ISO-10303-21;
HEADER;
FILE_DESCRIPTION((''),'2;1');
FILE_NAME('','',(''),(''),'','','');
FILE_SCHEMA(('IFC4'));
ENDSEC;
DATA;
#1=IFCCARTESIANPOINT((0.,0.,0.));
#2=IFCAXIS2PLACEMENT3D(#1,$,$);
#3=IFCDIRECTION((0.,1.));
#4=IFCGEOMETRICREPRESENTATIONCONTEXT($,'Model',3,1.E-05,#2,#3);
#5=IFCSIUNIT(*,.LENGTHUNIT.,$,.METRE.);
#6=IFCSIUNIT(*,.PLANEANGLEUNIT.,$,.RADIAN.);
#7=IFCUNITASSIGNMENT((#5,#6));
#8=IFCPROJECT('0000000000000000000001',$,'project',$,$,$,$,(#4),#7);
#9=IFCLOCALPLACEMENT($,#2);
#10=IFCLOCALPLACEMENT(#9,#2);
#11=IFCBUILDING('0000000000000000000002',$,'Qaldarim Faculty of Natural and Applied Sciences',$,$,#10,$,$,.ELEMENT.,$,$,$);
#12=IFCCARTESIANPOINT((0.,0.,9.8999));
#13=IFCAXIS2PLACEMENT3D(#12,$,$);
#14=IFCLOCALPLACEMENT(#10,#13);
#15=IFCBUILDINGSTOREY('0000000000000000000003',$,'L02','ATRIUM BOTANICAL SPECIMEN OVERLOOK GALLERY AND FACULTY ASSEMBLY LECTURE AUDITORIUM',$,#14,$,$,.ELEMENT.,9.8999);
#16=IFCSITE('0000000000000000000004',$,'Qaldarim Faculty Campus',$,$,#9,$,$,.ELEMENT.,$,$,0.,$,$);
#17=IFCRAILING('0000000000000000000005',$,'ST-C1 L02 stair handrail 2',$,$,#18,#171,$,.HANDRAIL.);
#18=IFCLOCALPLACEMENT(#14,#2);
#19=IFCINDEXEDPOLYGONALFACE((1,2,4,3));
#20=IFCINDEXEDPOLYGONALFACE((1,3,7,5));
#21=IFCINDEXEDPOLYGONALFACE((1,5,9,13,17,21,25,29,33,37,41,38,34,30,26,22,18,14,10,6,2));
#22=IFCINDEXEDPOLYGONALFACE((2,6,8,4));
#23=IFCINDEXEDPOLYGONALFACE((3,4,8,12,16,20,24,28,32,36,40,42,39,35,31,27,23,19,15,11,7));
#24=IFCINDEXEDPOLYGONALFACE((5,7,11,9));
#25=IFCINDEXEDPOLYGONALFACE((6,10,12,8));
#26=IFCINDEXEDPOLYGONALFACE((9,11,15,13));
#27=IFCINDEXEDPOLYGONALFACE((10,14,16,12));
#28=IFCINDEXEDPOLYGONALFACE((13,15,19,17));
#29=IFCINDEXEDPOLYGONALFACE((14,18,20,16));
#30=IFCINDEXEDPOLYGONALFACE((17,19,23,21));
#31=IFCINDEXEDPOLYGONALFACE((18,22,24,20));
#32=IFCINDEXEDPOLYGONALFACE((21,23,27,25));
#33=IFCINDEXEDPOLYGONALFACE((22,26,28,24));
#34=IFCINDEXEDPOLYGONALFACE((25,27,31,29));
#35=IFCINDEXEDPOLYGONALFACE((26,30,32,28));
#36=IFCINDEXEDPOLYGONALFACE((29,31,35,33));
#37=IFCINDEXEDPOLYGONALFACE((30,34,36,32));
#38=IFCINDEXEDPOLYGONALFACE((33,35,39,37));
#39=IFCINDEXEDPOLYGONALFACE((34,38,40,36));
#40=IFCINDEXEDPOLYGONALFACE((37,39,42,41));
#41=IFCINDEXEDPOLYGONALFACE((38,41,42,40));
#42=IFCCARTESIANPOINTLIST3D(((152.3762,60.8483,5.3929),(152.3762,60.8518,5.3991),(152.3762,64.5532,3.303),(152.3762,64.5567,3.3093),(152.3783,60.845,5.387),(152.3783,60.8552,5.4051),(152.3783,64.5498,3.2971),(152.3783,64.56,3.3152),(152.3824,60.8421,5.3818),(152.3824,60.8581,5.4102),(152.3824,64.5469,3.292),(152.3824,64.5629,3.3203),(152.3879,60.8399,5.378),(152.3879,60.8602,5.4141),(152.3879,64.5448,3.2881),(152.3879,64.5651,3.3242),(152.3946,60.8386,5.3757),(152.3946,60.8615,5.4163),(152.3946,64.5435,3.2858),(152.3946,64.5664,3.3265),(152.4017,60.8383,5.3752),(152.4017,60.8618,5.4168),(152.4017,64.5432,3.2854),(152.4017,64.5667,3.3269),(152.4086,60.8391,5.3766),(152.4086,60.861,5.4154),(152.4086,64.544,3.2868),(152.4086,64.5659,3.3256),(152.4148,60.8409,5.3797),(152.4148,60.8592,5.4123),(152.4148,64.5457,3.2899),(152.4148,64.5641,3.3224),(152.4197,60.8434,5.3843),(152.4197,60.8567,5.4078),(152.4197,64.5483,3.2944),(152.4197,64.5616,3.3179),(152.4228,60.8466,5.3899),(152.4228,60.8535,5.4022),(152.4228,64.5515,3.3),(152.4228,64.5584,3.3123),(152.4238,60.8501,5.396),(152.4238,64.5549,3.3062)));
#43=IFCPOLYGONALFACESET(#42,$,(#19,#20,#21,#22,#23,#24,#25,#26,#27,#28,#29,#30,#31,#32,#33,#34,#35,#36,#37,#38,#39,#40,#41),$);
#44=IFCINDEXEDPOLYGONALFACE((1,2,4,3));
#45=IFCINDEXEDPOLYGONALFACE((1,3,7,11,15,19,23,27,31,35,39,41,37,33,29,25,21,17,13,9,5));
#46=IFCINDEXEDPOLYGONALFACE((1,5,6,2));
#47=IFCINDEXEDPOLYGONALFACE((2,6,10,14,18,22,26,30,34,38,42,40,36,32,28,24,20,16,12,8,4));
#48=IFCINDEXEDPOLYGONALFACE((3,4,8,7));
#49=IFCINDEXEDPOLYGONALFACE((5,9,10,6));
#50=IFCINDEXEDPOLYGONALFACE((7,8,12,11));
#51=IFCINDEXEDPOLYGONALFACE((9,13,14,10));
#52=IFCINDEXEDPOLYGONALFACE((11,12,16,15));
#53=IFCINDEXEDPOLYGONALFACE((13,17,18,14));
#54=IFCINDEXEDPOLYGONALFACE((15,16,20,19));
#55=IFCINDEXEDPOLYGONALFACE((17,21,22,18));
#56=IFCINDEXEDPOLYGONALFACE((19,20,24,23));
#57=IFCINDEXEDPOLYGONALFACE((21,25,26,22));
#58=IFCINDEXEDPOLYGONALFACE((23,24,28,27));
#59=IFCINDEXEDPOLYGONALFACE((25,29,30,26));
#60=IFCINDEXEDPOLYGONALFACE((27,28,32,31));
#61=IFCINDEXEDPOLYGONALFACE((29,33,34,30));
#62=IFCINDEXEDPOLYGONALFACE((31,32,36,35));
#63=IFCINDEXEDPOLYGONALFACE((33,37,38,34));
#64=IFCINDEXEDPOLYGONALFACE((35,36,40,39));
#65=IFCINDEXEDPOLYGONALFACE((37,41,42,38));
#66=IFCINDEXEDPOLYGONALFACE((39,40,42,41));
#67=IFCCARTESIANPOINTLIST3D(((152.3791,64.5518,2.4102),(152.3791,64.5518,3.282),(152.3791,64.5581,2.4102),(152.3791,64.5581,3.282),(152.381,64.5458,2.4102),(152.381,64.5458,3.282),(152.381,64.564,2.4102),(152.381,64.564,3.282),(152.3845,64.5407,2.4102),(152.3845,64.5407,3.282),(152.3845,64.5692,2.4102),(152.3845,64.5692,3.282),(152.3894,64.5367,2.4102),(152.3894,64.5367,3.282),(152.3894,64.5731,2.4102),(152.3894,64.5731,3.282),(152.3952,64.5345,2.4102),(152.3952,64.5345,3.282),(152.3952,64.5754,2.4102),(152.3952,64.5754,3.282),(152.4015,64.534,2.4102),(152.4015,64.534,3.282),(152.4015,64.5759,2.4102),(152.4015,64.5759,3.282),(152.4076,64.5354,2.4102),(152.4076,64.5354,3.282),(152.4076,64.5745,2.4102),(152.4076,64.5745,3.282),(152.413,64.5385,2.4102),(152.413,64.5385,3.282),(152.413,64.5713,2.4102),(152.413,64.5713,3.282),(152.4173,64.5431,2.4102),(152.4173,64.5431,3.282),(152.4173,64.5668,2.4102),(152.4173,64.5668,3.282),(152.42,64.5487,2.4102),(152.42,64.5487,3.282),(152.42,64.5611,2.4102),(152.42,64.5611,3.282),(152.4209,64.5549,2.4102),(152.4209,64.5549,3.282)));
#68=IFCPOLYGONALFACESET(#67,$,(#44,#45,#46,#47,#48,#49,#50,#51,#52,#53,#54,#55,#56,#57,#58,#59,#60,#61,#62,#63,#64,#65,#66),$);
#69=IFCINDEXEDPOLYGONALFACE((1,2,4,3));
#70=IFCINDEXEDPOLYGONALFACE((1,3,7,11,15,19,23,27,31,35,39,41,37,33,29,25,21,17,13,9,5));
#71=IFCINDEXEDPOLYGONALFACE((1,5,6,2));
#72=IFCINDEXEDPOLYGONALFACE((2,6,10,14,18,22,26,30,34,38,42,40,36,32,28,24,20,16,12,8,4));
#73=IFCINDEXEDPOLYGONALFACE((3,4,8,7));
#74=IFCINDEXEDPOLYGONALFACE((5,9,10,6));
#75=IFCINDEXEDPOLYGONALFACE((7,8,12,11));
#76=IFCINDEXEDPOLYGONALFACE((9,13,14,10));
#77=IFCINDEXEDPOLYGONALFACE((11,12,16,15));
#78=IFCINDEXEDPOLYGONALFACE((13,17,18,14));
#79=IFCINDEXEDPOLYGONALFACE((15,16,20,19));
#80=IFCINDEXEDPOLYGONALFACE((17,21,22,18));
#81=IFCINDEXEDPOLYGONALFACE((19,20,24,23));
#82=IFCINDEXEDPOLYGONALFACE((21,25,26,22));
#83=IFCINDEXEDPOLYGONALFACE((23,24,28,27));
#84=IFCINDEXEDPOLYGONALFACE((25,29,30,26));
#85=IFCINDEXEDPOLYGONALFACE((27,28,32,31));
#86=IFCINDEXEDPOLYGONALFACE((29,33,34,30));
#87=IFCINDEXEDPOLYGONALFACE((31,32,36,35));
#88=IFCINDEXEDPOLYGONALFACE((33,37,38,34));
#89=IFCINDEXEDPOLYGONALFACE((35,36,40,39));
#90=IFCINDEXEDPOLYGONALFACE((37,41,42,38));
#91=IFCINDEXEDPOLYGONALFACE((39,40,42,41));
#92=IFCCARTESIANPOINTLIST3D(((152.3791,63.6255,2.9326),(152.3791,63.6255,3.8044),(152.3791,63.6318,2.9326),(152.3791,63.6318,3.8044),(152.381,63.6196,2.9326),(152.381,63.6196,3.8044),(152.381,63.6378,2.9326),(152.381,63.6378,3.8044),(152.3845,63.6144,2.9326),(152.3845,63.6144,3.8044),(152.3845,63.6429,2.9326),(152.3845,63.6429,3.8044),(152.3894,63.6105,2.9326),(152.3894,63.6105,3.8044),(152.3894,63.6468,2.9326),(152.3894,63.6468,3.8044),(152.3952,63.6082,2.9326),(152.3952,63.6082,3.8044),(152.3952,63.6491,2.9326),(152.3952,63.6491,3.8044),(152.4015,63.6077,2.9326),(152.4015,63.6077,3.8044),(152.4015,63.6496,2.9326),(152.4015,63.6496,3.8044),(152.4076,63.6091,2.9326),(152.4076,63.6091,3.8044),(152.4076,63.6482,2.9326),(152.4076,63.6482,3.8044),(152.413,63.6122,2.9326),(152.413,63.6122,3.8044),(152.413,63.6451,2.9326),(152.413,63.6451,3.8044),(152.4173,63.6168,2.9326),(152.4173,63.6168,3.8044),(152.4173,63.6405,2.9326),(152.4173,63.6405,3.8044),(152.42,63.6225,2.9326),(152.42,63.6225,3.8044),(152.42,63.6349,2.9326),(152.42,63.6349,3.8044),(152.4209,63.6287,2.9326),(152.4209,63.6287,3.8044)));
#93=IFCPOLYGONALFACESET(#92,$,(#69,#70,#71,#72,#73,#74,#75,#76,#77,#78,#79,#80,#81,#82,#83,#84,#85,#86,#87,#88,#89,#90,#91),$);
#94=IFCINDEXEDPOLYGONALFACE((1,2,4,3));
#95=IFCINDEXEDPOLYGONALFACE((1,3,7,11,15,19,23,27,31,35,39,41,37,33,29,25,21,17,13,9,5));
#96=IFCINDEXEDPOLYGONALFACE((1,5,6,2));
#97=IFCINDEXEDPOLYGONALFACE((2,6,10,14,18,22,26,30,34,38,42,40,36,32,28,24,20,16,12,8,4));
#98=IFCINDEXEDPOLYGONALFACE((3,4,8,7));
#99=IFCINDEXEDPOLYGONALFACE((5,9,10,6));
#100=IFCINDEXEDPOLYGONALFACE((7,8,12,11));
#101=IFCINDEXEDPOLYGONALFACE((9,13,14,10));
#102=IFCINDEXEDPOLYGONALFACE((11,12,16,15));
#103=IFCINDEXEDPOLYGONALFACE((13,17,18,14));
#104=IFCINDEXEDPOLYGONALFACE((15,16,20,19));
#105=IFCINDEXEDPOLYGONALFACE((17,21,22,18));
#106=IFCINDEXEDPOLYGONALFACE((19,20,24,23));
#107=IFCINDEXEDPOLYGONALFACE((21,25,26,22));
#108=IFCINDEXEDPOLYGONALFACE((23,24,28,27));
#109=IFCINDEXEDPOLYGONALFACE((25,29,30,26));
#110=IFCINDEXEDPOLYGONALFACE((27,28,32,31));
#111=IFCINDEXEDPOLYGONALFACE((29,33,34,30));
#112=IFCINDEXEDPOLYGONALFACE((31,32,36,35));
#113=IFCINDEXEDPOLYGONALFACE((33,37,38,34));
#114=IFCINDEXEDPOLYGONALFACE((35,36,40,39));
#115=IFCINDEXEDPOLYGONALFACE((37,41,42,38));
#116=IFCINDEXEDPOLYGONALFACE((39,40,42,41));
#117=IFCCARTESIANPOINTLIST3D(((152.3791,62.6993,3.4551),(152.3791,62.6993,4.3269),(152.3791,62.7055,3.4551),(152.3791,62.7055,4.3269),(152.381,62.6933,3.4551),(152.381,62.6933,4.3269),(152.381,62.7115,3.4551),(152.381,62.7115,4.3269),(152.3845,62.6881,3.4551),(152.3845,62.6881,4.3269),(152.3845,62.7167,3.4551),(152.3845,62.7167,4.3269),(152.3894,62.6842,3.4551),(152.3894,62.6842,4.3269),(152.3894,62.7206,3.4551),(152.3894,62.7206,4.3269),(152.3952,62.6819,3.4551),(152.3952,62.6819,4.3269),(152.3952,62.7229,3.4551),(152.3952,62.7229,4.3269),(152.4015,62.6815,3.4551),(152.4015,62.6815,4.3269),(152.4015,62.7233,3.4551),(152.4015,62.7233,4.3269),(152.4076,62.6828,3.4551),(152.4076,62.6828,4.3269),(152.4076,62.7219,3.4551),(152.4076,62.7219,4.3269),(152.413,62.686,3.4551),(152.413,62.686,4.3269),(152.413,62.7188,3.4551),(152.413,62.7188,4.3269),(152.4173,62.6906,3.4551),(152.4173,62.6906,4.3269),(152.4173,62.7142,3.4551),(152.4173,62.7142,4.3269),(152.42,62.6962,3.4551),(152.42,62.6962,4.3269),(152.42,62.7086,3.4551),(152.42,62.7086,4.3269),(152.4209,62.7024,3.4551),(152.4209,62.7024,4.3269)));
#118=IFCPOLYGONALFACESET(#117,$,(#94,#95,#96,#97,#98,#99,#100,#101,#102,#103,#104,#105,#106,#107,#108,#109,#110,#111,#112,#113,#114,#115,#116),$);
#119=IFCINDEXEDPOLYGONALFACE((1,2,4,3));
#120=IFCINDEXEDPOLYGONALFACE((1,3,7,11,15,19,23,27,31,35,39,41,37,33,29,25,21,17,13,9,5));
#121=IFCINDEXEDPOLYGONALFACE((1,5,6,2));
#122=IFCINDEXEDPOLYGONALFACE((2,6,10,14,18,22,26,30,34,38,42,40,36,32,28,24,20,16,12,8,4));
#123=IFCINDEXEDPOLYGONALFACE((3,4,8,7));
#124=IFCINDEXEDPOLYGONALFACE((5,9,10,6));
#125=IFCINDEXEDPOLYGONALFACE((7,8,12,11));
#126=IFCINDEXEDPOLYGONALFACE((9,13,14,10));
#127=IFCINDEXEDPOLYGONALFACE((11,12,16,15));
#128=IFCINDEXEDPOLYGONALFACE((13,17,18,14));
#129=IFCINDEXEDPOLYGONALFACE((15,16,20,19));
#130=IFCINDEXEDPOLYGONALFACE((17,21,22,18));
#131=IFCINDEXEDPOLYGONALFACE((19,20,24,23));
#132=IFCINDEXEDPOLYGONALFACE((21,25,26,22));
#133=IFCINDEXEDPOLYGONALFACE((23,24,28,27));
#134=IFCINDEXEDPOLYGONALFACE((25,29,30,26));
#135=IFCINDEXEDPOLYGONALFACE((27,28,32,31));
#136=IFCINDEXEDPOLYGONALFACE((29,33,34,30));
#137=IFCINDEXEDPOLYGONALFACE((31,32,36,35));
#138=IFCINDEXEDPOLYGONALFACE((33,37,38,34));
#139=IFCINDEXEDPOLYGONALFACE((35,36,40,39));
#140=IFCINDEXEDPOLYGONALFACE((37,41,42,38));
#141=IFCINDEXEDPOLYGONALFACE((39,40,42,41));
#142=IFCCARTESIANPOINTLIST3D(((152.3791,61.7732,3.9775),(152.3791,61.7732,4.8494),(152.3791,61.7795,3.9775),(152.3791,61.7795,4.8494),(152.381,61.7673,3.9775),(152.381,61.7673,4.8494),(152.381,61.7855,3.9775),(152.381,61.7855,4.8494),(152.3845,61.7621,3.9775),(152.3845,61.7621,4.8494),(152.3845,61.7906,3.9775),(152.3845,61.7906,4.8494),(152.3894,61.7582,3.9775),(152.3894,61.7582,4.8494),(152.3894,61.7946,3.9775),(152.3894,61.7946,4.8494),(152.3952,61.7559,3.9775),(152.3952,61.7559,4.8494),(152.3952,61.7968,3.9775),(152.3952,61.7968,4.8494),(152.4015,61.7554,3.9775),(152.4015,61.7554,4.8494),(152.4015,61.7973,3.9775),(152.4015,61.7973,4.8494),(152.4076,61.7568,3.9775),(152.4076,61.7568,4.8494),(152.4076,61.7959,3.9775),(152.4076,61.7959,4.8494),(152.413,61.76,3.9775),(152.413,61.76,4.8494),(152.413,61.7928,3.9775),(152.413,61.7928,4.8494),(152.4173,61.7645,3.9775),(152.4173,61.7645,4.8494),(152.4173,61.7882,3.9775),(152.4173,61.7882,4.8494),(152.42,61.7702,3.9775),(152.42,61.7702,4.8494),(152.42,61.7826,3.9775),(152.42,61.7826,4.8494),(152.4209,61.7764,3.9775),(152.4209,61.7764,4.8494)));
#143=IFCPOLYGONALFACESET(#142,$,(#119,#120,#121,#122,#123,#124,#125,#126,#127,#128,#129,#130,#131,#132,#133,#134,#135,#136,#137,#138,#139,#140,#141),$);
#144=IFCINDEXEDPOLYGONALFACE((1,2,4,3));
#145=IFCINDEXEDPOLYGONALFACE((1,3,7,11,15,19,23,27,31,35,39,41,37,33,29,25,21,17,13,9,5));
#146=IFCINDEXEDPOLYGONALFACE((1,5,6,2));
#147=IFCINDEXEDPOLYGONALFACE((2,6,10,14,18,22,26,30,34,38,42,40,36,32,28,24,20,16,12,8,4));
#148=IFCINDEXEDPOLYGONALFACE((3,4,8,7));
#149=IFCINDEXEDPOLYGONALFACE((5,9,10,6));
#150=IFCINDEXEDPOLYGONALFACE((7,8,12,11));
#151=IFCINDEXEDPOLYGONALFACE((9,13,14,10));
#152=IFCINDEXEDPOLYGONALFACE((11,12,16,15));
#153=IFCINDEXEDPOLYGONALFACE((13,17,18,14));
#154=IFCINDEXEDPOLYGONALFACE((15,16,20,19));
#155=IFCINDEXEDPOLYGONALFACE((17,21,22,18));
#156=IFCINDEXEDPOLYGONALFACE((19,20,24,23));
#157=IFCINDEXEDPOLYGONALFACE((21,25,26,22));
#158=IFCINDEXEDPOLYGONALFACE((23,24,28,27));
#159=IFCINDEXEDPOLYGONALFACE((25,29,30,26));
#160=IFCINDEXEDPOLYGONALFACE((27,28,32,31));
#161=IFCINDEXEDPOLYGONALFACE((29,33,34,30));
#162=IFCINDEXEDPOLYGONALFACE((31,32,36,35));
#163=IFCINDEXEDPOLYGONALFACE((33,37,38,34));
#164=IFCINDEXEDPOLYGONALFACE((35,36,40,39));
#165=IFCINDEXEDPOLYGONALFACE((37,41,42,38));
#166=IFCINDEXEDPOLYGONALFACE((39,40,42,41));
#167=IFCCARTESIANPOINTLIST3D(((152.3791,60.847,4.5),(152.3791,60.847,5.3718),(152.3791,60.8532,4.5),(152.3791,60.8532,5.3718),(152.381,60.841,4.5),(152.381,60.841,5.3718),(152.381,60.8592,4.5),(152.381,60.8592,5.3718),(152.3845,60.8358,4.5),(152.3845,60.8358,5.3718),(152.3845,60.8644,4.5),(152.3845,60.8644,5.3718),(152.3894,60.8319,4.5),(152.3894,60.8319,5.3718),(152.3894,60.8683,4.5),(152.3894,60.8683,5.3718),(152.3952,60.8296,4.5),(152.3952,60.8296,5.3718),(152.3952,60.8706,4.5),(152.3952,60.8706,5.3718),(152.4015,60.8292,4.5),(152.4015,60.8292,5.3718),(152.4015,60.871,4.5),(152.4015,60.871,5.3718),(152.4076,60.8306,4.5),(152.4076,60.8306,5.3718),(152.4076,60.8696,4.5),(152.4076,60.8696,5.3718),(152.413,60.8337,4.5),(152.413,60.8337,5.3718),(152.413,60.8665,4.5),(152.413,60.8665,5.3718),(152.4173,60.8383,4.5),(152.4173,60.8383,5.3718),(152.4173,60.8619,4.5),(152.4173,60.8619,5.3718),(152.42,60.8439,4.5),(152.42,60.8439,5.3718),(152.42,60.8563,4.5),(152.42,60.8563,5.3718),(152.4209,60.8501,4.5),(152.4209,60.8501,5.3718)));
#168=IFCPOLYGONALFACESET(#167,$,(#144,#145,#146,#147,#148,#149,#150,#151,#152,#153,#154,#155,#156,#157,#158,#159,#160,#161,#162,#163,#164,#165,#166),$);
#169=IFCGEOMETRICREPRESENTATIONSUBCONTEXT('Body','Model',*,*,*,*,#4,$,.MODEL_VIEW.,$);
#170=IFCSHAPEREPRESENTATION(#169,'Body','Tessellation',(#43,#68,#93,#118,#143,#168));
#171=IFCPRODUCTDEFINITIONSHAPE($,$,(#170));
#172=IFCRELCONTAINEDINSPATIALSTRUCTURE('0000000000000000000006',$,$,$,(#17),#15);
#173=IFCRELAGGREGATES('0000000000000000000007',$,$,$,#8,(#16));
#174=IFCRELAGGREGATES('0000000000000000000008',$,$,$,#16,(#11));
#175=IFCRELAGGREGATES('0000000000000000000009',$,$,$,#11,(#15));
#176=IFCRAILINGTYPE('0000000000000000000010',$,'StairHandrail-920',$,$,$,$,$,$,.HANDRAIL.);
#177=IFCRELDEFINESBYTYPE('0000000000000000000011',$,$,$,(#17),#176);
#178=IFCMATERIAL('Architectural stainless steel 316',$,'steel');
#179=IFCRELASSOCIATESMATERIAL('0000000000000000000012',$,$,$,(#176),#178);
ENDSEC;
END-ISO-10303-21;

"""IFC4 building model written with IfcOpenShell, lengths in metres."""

from ifc_helpers import new_model, si_unit, direction, frame, origin, origin_2d, place, context, subcontext, project, spatial, circle, extrude, material, type_object, element, save


model = new_model("IFC4")

# Units and contexts
model_context = context("Model", 3, precision=1e-05, world=origin(), true_north=direction((0.0, 1.0)))
body_context = subcontext(model_context, "Body", "Model", "MODEL_VIEW")
ifc_project = project(units=[si_unit("LENGTHUNIT", "METRE"), si_unit("PLANEANGLEUNIT", "RADIAN")], contexts=[model_context])

# Site, building, storey
site_placement = place(None, origin())
site = spatial("IfcSite", under=ifc_project, at=site_placement, Name="Qaldarim Faculty Campus", CompositionType="ELEMENT", RefElevation=0.0)
building_placement = place(site_placement, origin())
building = spatial("IfcBuilding", under=site, at=building_placement, Name="Qaldarim Faculty of Natural and Applied Sciences", CompositionType="ELEMENT")
storey_placement = place(building_placement, frame((0.0, 0.0, 9.8999)))
storey = spatial("IfcBuildingStorey", under=building, at=storey_placement, Name="L02", Description="ATRIUM BOTANICAL SPECIMEN OVERLOOK GALLERY AND FACULTY ASSEMBLY LECTURE AUDITORIUM", CompositionType="ELEMENT", Elevation=9.8999)

# Shared definitions
ifc_material_1 = material(Name="Architectural stainless steel 316", Category="steel")

# Railing
railing_type_1 = type_object("IfcRailingType", Name="StairHandrail-920", PredefinedType="HANDRAIL", material=ifc_material_1)
railing_1_placement = place(storey_placement, frame((152.3999, 64.5549, 2.4102)))
element("IfcRailing", 1, at=railing_1_placement, inside=storey, type_object=railing_type_1, Name="ST-C1 L02 stair handrail 2", PredefinedType="HANDRAIL", context=body_context, shape_type="SweptSolid", body=[
    extrude(circle(Radius=0.0239, at=origin_2d()), frame((0.0, 0.0, 0.896), z_axis=(0.0, -0.870985, 0.49131), x_axis=(1.0, 0.0, 0.0)), (0.0, 0.0, 1.0), 4.2537),
    extrude(circle(Radius=0.021, at=origin_2d()), origin(), (0.0, 0.0, 1.0), 0.8718),
    extrude(circle(Radius=0.021, at=origin_2d()), frame((0.0, -0.9263, 0.5225)), (0.0, 0.0, 1.0), 0.8718),
    extrude(circle(Radius=0.021, at=origin_2d()), frame((0.0, -1.8525, 1.0449)), (0.0, 0.0, 1.0), 0.8718),
    extrude(circle(Radius=0.021, at=origin_2d()), frame((0.0, -2.7786, 1.5674)), (0.0, 0.0, 1.0), 0.8718),
    extrude(circle(Radius=0.021, at=origin_2d()), frame((0.0, -3.7048, 2.0898)), (0.0, 0.0, 1.0), 0.8718),
])

save(model, "model.ifc")
